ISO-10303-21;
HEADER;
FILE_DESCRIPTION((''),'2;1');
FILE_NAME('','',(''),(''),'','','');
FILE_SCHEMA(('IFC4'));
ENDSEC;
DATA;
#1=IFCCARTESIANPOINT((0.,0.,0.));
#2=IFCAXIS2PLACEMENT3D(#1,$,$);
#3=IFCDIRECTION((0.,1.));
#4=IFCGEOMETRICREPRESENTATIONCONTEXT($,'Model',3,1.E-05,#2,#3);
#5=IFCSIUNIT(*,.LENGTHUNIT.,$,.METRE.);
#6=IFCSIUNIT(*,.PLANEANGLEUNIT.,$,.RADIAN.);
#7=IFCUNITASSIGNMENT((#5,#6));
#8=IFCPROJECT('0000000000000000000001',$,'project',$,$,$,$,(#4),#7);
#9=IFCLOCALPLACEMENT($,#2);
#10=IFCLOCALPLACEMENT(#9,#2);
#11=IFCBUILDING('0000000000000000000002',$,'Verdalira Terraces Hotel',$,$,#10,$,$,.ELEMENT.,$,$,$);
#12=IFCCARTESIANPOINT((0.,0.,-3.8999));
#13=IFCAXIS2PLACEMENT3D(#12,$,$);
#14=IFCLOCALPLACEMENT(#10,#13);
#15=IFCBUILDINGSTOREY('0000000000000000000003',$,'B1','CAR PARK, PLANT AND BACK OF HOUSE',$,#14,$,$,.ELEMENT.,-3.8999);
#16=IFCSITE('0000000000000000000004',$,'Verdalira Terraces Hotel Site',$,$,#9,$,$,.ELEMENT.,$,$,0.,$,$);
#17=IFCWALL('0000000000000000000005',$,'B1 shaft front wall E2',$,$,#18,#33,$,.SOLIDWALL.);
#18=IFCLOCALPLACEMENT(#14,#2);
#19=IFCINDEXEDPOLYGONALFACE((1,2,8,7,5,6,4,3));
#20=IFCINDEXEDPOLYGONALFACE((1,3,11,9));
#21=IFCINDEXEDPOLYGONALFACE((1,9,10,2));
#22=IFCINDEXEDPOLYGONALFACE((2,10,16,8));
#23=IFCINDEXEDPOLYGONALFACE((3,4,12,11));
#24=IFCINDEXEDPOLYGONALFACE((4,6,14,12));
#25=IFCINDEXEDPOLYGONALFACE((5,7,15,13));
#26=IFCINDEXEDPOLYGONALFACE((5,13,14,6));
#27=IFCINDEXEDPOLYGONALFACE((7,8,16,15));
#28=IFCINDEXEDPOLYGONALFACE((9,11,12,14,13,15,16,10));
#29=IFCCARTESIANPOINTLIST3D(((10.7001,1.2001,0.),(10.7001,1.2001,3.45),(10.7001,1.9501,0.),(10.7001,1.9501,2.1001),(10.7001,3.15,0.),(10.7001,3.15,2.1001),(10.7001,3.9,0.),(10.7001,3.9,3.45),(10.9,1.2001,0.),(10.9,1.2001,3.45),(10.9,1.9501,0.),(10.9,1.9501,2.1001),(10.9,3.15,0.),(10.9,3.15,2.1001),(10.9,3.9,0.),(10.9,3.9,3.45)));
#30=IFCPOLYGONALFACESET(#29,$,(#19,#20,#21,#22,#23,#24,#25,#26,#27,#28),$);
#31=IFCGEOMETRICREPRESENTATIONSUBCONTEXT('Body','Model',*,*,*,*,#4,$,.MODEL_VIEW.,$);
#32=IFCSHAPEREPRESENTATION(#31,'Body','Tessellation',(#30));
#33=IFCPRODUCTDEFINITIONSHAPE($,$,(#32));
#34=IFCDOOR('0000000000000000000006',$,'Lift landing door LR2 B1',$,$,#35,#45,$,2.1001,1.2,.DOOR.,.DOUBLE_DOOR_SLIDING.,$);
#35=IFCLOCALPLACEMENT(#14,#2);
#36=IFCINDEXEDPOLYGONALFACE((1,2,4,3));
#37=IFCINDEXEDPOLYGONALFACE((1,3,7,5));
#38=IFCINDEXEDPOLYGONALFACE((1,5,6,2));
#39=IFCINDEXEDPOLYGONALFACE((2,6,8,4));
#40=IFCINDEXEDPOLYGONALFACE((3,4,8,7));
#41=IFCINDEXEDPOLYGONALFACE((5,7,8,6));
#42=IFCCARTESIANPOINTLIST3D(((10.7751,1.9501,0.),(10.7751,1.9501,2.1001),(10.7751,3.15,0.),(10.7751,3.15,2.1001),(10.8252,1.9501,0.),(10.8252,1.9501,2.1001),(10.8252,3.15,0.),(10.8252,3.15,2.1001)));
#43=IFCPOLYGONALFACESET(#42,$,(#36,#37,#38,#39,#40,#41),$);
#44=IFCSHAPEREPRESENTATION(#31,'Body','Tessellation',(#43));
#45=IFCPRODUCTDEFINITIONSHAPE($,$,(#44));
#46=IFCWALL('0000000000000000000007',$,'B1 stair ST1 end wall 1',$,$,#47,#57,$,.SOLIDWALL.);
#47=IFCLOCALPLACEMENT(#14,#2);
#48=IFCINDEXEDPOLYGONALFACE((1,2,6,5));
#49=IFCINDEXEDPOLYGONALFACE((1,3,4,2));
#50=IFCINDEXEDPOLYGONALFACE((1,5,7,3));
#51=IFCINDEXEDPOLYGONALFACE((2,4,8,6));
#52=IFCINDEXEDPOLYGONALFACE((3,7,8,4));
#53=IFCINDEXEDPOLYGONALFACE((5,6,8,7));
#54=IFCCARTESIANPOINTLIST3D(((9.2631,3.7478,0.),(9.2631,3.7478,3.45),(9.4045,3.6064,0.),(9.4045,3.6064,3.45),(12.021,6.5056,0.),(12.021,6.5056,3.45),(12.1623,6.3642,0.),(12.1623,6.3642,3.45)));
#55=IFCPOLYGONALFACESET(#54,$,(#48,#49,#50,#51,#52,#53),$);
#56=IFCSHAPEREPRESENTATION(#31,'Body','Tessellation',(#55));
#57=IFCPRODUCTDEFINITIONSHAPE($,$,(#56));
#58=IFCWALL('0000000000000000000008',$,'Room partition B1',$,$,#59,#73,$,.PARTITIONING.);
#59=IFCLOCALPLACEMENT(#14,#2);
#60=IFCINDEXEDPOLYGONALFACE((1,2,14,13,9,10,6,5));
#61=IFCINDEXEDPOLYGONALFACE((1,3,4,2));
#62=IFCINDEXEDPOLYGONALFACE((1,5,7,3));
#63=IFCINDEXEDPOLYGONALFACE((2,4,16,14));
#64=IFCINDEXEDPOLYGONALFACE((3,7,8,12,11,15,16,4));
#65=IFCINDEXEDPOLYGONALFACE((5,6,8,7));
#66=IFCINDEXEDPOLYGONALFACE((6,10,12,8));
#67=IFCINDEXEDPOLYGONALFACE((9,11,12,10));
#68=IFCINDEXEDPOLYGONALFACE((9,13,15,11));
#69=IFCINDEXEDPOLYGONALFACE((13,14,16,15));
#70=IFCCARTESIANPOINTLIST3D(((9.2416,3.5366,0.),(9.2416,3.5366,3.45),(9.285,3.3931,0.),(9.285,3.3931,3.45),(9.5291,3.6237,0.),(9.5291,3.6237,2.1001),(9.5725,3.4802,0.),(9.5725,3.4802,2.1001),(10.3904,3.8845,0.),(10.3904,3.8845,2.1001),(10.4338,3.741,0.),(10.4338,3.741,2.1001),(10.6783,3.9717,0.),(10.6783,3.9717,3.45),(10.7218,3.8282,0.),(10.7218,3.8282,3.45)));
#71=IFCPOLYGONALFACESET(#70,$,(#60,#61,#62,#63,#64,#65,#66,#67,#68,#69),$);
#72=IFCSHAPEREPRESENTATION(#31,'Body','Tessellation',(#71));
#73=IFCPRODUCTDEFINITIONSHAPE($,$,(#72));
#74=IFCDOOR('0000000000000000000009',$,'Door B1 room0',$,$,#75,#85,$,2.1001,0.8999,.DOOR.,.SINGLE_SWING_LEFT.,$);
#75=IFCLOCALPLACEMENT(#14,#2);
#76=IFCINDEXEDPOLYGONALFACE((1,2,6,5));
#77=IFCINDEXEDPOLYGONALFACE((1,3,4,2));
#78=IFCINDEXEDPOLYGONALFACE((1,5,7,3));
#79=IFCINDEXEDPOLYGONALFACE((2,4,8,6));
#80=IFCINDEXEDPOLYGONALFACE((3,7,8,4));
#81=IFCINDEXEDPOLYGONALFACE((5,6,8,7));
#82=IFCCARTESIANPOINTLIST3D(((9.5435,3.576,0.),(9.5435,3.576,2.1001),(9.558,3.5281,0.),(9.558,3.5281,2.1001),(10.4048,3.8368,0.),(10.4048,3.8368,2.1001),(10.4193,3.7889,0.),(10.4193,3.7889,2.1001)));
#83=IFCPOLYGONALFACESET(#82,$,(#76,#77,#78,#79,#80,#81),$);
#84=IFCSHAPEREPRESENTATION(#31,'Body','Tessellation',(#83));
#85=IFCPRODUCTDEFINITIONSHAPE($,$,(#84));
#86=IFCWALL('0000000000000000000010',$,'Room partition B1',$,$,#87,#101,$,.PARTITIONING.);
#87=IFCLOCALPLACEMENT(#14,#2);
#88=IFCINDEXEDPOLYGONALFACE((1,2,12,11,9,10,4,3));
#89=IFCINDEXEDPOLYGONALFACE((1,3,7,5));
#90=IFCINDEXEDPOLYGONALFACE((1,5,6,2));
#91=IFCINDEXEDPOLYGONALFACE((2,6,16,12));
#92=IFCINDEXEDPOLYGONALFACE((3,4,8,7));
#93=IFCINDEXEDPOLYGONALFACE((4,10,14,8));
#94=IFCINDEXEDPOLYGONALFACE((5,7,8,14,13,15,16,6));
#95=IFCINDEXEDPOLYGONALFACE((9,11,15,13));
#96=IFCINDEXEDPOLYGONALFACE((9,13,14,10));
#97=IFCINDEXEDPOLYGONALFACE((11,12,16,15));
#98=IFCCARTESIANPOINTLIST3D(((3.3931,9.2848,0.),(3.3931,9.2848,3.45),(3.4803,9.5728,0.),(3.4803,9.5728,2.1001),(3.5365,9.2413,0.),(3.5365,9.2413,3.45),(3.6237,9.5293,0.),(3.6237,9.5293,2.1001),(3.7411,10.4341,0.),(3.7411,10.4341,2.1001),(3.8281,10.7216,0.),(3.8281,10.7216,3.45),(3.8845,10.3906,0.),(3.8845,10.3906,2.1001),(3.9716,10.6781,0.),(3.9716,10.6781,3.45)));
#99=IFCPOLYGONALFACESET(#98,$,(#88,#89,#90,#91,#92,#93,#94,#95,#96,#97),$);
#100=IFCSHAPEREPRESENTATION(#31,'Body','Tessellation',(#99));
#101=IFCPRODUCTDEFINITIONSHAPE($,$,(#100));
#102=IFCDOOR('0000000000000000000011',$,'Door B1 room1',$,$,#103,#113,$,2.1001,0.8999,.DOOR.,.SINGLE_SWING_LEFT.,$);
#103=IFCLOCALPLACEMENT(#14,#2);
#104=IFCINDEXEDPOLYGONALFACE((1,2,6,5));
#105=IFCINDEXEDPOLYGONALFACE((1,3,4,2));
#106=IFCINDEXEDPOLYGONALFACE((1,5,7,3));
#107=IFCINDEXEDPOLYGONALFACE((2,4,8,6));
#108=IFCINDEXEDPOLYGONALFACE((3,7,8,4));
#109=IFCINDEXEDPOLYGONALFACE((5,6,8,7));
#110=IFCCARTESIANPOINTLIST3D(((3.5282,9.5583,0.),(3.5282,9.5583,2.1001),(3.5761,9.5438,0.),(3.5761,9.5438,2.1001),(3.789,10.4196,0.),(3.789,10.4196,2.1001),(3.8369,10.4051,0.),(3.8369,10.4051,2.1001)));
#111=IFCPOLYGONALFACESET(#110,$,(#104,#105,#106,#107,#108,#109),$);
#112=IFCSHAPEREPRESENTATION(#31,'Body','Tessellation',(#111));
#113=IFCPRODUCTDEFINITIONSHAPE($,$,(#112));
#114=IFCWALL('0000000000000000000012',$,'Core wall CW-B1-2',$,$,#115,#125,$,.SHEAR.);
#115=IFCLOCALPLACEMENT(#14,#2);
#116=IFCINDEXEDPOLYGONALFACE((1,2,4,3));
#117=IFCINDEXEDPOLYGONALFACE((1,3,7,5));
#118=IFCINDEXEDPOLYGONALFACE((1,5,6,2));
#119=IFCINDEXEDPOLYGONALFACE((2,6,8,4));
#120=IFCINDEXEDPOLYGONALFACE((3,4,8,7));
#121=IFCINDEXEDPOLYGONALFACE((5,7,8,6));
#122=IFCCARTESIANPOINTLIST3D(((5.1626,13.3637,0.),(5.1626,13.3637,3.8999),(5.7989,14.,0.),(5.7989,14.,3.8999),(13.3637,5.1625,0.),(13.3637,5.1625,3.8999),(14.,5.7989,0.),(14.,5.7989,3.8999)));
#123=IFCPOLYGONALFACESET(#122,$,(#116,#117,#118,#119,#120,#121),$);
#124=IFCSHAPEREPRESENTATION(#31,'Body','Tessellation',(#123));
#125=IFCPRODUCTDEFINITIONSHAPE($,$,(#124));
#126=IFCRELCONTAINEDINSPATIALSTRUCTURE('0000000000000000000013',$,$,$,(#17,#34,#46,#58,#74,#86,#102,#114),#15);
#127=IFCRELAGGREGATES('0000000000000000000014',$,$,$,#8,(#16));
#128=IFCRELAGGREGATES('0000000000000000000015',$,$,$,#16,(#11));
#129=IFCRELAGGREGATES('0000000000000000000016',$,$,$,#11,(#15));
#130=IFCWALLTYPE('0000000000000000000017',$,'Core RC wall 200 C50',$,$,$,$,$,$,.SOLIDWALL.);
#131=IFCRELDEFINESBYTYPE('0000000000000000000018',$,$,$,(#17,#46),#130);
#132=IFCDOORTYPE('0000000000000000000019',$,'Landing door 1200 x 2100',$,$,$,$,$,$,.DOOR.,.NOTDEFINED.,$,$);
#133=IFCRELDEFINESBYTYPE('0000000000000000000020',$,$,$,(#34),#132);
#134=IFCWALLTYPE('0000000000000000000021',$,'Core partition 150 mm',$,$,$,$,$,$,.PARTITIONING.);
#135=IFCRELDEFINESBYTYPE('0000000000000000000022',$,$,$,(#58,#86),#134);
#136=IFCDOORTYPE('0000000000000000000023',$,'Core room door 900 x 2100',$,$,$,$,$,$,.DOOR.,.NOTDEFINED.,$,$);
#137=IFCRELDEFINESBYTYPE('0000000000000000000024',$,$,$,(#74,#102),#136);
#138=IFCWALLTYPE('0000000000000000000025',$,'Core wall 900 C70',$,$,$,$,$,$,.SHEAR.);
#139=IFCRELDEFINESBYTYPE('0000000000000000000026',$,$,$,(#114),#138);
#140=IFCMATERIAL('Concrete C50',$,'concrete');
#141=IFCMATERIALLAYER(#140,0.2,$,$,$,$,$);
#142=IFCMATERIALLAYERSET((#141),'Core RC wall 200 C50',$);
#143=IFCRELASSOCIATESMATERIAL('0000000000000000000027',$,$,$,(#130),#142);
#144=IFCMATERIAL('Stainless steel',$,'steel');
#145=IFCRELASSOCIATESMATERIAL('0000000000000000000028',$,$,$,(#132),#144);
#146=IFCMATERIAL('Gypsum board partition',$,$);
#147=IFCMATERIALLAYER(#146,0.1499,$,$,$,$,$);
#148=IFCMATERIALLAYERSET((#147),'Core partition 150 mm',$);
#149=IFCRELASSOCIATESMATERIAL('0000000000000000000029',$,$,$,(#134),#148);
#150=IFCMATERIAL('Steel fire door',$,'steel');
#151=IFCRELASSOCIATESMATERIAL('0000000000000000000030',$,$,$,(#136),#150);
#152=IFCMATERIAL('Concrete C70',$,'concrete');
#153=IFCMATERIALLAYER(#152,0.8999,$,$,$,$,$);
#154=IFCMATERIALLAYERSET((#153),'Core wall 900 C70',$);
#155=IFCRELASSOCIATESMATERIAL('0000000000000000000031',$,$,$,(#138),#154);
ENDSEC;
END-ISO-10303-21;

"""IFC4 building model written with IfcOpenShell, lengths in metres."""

from ifc_helpers import new_model, si_unit, direction, frame, frame_2d, origin, place, context, subcontext, project, spatial, rectangle, extrude, material, layer, layer_set, type_object, element, fill, save


model = new_model("IFC4")

# Units and contexts
model_context = context("Model", 3, precision=1e-05, world=origin(), true_north=direction((0.0, 1.0)))
body_context = subcontext(model_context, "Body", "Model", "MODEL_VIEW")
ifc_project = project(units=[si_unit("LENGTHUNIT", "METRE"), si_unit("PLANEANGLEUNIT", "RADIAN")], contexts=[model_context])

# Site, building, storey
site_placement = place(None, origin())
site = spatial("IfcSite", under=ifc_project, at=site_placement, Name="Verdalira Terraces Hotel Site", CompositionType="ELEMENT", RefElevation=0.0)
building_placement = place(site_placement, origin())
building = spatial("IfcBuilding", under=site, at=building_placement, Name="Verdalira Terraces Hotel", CompositionType="ELEMENT")
storey_placement = place(building_placement, frame((0.0, 0.0, -3.8999)))
storey = spatial("IfcBuildingStorey", under=building, at=storey_placement, Name="B1", Description="CAR PARK, PLANT AND BACK OF HOUSE", CompositionType="ELEMENT", Elevation=-3.8999)

# Wall, opening, door
ifc_material_1 = material(Name="Concrete C50", Category="concrete")
ifc_layer_1 = layer(ifc_material_1, 0.2)
ifc_layer_set_1 = layer_set([ifc_layer_1], Name="Core RC wall 200 C50")
wall_type_1 = type_object("IfcWallType", Name="Core RC wall 200 C50", PredefinedType="SOLIDWALL", material=ifc_layer_set_1)
wall_1_placement = place(storey_placement, frame((10.8, 1.2, 0.0), z_axis=(0.0, 0.0, 1.0), x_axis=(0.0, 1.0, 0.0)))
wall_1 = element("IfcWall", 1, at=wall_1_placement, inside=storey, type_object=wall_type_1, Name="B1 shaft front wall E2", PredefinedType="SOLIDWALL", context=body_context, shape_type="SweptSolid", body=[
    extrude(rectangle(XDim=2.7, YDim=0.2, at=frame_2d((1.3501, 0.0))), origin(), (0.0, 0.0, 1.0), 3.45),
])
opening_1_placement = place(wall_1_placement, frame((0.75, 0.0, 0.0)))
opening_1 = element("IfcOpeningElement", 2, at=opening_1_placement, cuts=wall_1, PredefinedType="OPENING", context=body_context, shape_type="SweptSolid", body=[
    extrude(rectangle(XDim=1.2, YDim=2.1001, at=frame_2d((0.6001, 1.05))), frame((0.0, 0.1099, 0.0), z_axis=(0.0, -1.0, 0.0), x_axis=(1.0, 0.0, 0.0)), (0.0, 0.0, 1.0), 0.22),
])
ifc_material_2 = material(Name="Stainless steel", Category="steel")
door_type_1 = type_object("IfcDoorType", Name="Landing door 1200 x 2100", OperationType="NOTDEFINED", PredefinedType="DOOR", material=ifc_material_2)
door_1_placement = place(opening_1_placement, origin())
door_1 = element("IfcDoor", 3, at=door_1_placement, inside=storey, type_object=door_type_1, Name="Lift landing door LR2 B1", OperationType="DOUBLE_DOOR_SLIDING", OverallHeight=2.1001, OverallWidth=1.2, PredefinedType="DOOR", context=body_context, shape_type="SweptSolid", body=[
    extrude(rectangle(XDim=1.2, YDim=2.1001, at=frame_2d((0.6001, 1.05))), frame((0.0, 0.0249, 0.0), z_axis=(0.0, -1.0, 0.0), x_axis=(1.0, 0.0, 0.0)), (0.0, 0.0, 1.0), 0.05),
])
fill(opening_1, door_1)

# Wall
wall_2_placement = place(storey_placement, frame((9.3337, 3.677, 0.0), z_axis=(0.0, 0.0, 1.0), x_axis=(0.707107, 0.707107, 0.0)))
element("IfcWall", 4, at=wall_2_placement, inside=storey, type_object=wall_type_1, Name="B1 stair ST1 end wall 1", PredefinedType="SOLIDWALL", context=body_context, shape_type="SweptSolid", body=[
    extrude(rectangle(XDim=3.9001, YDim=0.2, at=frame_2d((1.9502, 0.0))), origin(), (0.0, 0.0, 1.0), 3.45),
])

# Walls, openings, doors
ifc_material_3 = material(Name="Gypsum board partition")
ifc_layer_2 = layer(ifc_material_3, 0.1499)
ifc_layer_set_2 = layer_set([ifc_layer_2], Name="Core partition 150 mm")
wall_type_2 = type_object("IfcWallType", Name="Core partition 150 mm", PredefinedType="PARTITIONING", material=ifc_layer_set_2)
wall_3_placement = place(storey_placement, frame((10.7, 3.8999, 0.0), z_axis=(0.0, 0.0, 1.0), x_axis=(-0.957085, -0.289809, 0.0)))
wall_3 = element("IfcWall", 5, at=wall_3_placement, inside=storey, type_object=wall_type_2, Name="Room partition B1", PredefinedType="PARTITIONING", context=body_context, shape_type="SweptSolid", body=[
    extrude(rectangle(XDim=1.5012, YDim=0.1499, at=frame_2d((0.7505, 0.0))), origin(), (0.0, 0.0, 1.0), 3.45),
])
opening_2_placement = place(wall_3_placement, frame((0.3008, 0.0, 0.0)))
opening_2 = element("IfcOpeningElement", 6, at=opening_2_placement, cuts=wall_3, PredefinedType="OPENING", context=body_context, shape_type="SweptSolid", body=[
    extrude(rectangle(XDim=0.8999, YDim=2.1001, at=frame_2d((0.45, 1.05))), frame((0.0, 0.085, 0.0), z_axis=(0.0, -1.0, 0.0), x_axis=(1.0, 0.0, 0.0)), (0.0, 0.0, 1.0), 0.1699),
])
ifc_material_4 = material(Name="Steel fire door", Category="steel")
door_type_2 = type_object("IfcDoorType", Name="Core room door 900 x 2100", OperationType="NOTDEFINED", PredefinedType="DOOR", material=ifc_material_4)
door_2_placement = place(opening_2_placement, origin())
door_2 = element("IfcDoor", 7, at=door_2_placement, inside=storey, type_object=door_type_2, Name="Door B1 room0", OperationType="SINGLE_SWING_LEFT", OverallHeight=2.1001, OverallWidth=0.8999, PredefinedType="DOOR", context=body_context, shape_type="SweptSolid", body=[
    extrude(rectangle(XDim=0.8999, YDim=2.1001, at=frame_2d((0.45, 1.05))), frame((0.0, 0.0249, 0.0), z_axis=(0.0, -1.0, 0.0), x_axis=(1.0, 0.0, 0.0)), (0.0, 0.0, 1.0), 0.05),
])
fill(opening_2, door_2)
wall_4_placement = place(storey_placement, frame((3.4648, 9.2632, 0.0), z_axis=(0.0, 0.0, 1.0), x_axis=(0.289809, 0.957085, 0.0)))
wall_4 = element("IfcWall", 8, at=wall_4_placement, inside=storey, type_object=wall_type_2, Name="Room partition B1", PredefinedType="PARTITIONING", context=body_context, shape_type="SweptSolid", body=[
    extrude(rectangle(XDim=1.5012, YDim=0.1499, at=frame_2d((0.7505, 0.0))), origin(), (0.0, 0.0, 1.0), 3.45),
])
opening_3_placement = place(wall_4_placement, frame((0.3008, 0.0, 0.0)))
opening_3 = element("IfcOpeningElement", 9, at=opening_3_placement, cuts=wall_4, PredefinedType="OPENING", context=body_context, shape_type="SweptSolid", body=[
    extrude(rectangle(XDim=0.8999, YDim=2.1001, at=frame_2d((0.45, 1.05))), frame((0.0, 0.085, 0.0), z_axis=(0.0, -1.0, 0.0), x_axis=(1.0, 0.0, 0.0)), (0.0, 0.0, 1.0), 0.1699),
])
door_3_placement = place(opening_3_placement, origin())
door_3 = element("IfcDoor", 10, at=door_3_placement, inside=storey, type_object=door_type_2, Name="Door B1 room1", OperationType="SINGLE_SWING_LEFT", OverallHeight=2.1001, OverallWidth=0.8999, PredefinedType="DOOR", context=body_context, shape_type="SweptSolid", body=[
    extrude(rectangle(XDim=0.8999, YDim=2.1001, at=frame_2d((0.45, 1.05))), frame((0.0, 0.0249, 0.0), z_axis=(0.0, -1.0, 0.0), x_axis=(1.0, 0.0, 0.0)), (0.0, 0.0, 1.0), 0.05),
])
fill(opening_3, door_3)

# Wall
ifc_material_5 = material(Name="Concrete C70", Category="concrete")
ifc_layer_3 = layer(ifc_material_5, 0.8999)
ifc_layer_set_3 = layer_set([ifc_layer_3], Name="Core wall 900 C70")
wall_type_3 = type_object("IfcWallType", Name="Core wall 900 C70", PredefinedType="SHEAR", material=ifc_layer_set_3)
wall_5_placement = place(storey_placement, frame((13.6819, 5.4807, 0.0), z_axis=(0.0, 0.0, 1.0), x_axis=(-0.707107, 0.707107, 0.0)))
element("IfcWall", 11, at=wall_5_placement, inside=storey, type_object=wall_type_3, Name="Core wall CW-B1-2", PredefinedType="SHEAR", context=body_context, shape_type="SweptSolid", body=[
    extrude(rectangle(XDim=11.5981, YDim=0.8999, at=frame_2d((5.7991, 0.0))), origin(), (0.0, 0.0, 1.0), 3.8999),
])

save(model, "model.ifc")
